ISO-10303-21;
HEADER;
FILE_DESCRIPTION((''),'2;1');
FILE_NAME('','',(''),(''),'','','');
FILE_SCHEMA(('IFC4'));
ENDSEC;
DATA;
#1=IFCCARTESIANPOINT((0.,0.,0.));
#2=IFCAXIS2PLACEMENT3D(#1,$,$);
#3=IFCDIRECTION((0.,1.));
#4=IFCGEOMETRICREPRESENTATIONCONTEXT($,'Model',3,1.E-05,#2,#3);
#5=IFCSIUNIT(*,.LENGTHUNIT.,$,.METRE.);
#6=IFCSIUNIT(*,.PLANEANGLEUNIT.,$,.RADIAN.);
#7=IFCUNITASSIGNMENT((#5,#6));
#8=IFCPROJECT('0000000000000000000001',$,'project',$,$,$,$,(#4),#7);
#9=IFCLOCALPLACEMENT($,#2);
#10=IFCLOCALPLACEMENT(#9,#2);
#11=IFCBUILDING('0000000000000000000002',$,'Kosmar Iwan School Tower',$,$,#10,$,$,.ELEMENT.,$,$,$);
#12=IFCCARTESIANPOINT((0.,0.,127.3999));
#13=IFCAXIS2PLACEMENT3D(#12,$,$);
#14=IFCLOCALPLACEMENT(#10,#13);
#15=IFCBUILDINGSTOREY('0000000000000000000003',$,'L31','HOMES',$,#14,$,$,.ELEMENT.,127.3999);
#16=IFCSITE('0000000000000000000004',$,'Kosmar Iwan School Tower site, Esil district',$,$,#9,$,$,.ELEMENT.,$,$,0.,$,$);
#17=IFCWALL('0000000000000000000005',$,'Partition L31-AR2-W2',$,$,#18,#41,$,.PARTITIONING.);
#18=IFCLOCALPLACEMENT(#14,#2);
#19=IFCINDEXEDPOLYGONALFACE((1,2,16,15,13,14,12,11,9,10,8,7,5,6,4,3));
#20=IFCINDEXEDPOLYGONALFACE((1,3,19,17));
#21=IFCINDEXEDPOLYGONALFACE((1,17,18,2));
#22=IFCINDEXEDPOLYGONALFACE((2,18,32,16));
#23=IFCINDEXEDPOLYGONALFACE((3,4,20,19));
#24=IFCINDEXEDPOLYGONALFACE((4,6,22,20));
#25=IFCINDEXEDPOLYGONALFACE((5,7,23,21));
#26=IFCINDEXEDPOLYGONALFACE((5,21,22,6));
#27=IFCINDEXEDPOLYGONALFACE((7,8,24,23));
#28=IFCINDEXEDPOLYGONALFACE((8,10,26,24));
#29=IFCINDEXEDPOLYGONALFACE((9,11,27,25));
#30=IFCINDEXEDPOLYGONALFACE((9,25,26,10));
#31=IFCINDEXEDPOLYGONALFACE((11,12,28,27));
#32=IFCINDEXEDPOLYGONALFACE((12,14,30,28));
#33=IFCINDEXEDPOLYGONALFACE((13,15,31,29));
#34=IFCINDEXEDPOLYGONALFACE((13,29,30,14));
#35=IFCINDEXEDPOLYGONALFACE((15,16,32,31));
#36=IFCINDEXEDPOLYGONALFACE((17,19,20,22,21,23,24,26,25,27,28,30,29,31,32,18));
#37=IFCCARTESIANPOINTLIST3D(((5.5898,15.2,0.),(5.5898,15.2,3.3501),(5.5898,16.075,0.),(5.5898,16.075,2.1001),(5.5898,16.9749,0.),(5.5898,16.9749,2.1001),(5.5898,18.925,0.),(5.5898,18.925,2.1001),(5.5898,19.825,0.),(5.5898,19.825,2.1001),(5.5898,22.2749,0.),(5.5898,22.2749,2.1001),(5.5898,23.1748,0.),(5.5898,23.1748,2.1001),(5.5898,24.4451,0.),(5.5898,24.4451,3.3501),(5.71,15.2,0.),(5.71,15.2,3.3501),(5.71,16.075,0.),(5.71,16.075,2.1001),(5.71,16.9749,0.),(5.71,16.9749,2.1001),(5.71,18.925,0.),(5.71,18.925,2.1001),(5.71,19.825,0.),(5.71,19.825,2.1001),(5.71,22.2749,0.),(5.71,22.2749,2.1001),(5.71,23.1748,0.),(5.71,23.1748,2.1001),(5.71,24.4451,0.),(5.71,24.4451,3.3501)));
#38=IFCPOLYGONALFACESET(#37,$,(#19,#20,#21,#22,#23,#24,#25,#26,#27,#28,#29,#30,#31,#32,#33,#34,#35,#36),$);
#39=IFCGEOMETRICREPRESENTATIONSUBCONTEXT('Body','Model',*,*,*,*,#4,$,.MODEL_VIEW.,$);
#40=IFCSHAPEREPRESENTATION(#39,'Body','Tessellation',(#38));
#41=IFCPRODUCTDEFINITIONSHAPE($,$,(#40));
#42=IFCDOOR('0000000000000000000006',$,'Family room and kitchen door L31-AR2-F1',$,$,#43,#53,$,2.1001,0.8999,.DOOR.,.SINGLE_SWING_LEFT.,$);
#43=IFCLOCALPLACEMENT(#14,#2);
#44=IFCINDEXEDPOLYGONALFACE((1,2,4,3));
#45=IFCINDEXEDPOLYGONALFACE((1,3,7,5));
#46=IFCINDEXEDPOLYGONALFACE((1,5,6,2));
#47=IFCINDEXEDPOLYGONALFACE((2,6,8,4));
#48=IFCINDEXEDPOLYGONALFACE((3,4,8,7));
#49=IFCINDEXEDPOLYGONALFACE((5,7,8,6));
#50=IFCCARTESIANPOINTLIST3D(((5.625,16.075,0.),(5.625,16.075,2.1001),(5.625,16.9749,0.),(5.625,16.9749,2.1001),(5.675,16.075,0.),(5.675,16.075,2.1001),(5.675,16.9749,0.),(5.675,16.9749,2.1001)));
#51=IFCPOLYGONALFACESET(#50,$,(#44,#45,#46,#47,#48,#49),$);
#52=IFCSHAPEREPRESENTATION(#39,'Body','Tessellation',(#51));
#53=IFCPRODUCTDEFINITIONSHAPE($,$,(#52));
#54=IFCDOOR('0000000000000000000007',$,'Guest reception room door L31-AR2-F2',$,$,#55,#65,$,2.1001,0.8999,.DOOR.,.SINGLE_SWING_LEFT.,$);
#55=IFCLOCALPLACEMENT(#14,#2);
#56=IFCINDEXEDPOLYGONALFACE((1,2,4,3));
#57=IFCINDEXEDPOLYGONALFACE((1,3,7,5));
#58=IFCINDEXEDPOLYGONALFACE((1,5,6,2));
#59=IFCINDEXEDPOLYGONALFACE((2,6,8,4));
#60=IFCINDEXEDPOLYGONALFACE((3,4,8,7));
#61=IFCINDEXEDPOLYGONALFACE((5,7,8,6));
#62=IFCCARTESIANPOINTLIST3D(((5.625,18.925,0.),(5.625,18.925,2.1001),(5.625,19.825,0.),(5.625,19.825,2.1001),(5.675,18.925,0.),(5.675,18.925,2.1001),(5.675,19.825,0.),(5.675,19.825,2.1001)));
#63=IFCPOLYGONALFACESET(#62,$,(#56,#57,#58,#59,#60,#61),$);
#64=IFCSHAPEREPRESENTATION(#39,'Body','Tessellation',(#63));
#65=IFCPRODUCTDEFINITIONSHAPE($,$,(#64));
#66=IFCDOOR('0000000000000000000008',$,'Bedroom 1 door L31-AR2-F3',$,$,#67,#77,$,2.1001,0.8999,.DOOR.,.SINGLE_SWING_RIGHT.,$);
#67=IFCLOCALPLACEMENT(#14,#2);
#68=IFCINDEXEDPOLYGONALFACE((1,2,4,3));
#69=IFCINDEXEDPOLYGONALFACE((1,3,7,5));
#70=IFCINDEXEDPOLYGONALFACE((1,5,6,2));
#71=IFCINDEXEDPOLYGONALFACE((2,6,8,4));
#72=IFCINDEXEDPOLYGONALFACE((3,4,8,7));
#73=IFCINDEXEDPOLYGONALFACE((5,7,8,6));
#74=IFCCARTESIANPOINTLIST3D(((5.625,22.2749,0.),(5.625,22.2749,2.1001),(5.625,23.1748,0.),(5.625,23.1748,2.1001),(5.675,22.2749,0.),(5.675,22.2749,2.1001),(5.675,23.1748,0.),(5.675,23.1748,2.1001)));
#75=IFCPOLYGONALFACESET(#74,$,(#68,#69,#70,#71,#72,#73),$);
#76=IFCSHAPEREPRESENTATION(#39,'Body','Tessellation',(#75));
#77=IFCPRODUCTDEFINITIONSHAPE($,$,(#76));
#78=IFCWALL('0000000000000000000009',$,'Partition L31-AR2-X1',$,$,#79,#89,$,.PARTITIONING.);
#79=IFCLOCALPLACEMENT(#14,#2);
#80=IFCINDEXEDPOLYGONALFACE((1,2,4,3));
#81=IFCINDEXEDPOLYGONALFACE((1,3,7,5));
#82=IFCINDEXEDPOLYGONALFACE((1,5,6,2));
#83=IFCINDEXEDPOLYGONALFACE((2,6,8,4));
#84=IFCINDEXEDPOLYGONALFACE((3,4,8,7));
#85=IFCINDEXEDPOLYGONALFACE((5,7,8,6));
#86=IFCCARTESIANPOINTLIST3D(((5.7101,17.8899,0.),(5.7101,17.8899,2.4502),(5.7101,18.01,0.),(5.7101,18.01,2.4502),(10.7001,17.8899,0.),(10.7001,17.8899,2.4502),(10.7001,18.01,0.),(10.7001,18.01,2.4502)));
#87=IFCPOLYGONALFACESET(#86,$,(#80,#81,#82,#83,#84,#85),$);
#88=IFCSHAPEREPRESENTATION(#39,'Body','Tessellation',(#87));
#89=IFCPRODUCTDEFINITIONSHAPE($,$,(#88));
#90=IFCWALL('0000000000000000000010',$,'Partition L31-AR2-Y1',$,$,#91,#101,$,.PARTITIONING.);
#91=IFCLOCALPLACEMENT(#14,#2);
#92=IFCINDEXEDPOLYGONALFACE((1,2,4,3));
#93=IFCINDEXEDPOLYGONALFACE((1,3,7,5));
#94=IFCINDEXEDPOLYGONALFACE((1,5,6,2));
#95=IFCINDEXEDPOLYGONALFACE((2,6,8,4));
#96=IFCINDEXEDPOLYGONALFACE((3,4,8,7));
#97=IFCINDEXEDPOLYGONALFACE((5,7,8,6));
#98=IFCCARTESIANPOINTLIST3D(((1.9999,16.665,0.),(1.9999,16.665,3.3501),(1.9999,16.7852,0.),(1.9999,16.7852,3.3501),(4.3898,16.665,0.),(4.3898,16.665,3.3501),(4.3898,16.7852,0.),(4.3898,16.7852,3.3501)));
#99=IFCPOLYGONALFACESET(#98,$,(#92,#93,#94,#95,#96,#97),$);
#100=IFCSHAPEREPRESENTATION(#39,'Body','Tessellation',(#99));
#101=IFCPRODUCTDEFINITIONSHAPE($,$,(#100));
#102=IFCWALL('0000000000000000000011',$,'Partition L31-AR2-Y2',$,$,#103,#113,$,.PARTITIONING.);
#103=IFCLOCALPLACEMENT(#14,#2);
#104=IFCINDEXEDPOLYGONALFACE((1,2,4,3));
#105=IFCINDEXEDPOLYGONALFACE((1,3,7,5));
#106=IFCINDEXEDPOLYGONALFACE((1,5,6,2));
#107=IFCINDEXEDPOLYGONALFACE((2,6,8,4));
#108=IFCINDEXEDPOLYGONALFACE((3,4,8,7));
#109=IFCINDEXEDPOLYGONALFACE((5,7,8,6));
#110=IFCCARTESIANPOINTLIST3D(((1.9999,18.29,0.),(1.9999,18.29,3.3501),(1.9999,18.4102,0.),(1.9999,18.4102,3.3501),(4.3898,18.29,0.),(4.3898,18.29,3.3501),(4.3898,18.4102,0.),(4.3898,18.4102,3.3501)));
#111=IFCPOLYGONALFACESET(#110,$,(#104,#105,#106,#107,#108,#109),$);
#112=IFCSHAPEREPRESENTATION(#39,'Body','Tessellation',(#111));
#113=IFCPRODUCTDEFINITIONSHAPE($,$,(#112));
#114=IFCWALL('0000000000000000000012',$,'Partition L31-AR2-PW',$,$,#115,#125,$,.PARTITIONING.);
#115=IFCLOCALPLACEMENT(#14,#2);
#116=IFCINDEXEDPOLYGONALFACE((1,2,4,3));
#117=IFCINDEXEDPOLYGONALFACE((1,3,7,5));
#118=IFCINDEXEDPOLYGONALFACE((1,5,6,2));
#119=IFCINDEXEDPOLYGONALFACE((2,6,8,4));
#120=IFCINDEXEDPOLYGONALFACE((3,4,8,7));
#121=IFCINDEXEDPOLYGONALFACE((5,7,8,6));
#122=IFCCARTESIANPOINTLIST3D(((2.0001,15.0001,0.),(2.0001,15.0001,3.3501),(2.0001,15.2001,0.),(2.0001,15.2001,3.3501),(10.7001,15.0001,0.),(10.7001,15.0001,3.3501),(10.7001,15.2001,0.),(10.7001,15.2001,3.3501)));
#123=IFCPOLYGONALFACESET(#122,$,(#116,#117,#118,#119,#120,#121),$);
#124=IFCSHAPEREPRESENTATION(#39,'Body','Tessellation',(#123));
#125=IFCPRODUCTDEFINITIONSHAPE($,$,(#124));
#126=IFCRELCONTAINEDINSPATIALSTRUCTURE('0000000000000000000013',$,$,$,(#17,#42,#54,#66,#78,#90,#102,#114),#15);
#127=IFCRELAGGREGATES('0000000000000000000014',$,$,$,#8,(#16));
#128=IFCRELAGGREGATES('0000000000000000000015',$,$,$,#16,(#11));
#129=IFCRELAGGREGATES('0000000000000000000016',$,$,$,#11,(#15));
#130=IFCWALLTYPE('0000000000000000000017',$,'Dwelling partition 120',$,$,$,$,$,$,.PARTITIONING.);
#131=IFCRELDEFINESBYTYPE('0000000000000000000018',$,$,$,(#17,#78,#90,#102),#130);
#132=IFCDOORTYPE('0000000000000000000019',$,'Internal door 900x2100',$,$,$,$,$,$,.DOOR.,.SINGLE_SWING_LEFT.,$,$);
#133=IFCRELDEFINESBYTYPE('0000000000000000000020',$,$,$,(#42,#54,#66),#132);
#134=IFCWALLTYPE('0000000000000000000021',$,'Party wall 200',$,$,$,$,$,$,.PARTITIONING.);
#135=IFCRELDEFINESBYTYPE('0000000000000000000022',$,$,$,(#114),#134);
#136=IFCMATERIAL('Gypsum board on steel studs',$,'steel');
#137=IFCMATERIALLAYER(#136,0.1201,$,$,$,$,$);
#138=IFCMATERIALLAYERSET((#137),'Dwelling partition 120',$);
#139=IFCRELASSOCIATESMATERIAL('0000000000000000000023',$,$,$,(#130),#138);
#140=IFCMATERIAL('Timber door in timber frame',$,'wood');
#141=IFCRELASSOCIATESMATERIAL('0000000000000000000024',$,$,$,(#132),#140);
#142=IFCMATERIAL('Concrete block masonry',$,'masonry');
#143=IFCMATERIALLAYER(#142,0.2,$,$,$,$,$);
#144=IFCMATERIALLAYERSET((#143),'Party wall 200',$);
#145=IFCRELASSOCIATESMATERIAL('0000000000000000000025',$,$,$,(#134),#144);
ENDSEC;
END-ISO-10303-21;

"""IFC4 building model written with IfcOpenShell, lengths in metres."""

from ifc_helpers import new_model, si_unit, direction, frame, frame_2d, origin, place, context, subcontext, project, spatial, rectangle, extrude, material, layer, layer_set, type_object, element, fill, save


model = new_model("IFC4")

# Units and contexts
model_context = context("Model", 3, precision=1e-05, world=origin(), true_north=direction((0.0, 1.0)))
body_context = subcontext(model_context, "Body", "Model", "MODEL_VIEW")
ifc_project = project(units=[si_unit("LENGTHUNIT", "METRE"), si_unit("PLANEANGLEUNIT", "RADIAN")], contexts=[model_context])

# Site, building, storey
site_placement = place(None, origin())
site = spatial("IfcSite", under=ifc_project, at=site_placement, Name="Kosmar Iwan School Tower site, Esil district", CompositionType="ELEMENT", RefElevation=0.0)
building_placement = place(site_placement, origin())
building = spatial("IfcBuilding", under=site, at=building_placement, Name="Kosmar Iwan School Tower", CompositionType="ELEMENT")
storey_placement = place(building_placement, frame((0.0, 0.0, 127.3999)))
storey = spatial("IfcBuildingStorey", under=building, at=storey_placement, Name="L31", Description="HOMES", CompositionType="ELEMENT", Elevation=127.3999)

# Shared definitions
ifc_material_1 = material(Name="Gypsum board on steel studs", Category="steel")
ifc_layer_1 = layer(ifc_material_1, 0.1201)
ifc_layer_set_1 = layer_set([ifc_layer_1], Name="Dwelling partition 120")
wall_type_1 = type_object("IfcWallType", Name="Dwelling partition 120", PredefinedType="PARTITIONING", material=ifc_layer_set_1)

# Wall, openings, doors
ifc_material_2 = material(Name="Timber door in timber frame", Category="wood")
door_type_1 = type_object("IfcDoorType", Name="Internal door 900x2100", OperationType="SINGLE_SWING_LEFT", PredefinedType="DOOR", material=ifc_material_2)
wall_1_placement = place(storey_placement, frame((5.6499, 15.2, 0.0), z_axis=(0.0, 0.0, 1.0), x_axis=(0.0, 1.0, 0.0)))
wall_1 = element("IfcWall", 1, at=wall_1_placement, inside=storey, type_object=wall_type_1, Name="Partition L31-AR2-W2", PredefinedType="PARTITIONING", context=body_context, shape_type="SweptSolid", body=[
    extrude(rectangle(XDim=9.2451, YDim=0.1201, at=frame_2d((4.6226, 0.0))), origin(), (0.0, 0.0, 1.0), 3.3501),
])
opening_1_placement = place(wall_1_placement, frame((0.875, 0.0, 0.0)))
opening_1 = element("IfcOpeningElement", 2, at=opening_1_placement, cuts=wall_1, PredefinedType="OPENING", context=body_context, shape_type="SweptSolid", body=[
    extrude(rectangle(XDim=0.8999, YDim=2.1001, at=frame_2d((0.45, 1.05))), frame((0.0, 0.072, 0.0), z_axis=(0.0, -1.0, 0.0), x_axis=(1.0, 0.0, 0.0)), (0.0, 0.0, 1.0), 0.144),
])
opening_2_placement = place(wall_1_placement, frame((3.7251, 0.0, 0.0)))
opening_2 = element("IfcOpeningElement", 3, at=opening_2_placement, cuts=wall_1, PredefinedType="OPENING", context=body_context, shape_type="SweptSolid", body=[
    extrude(rectangle(XDim=0.8999, YDim=2.1001, at=frame_2d((0.45, 1.05))), frame((0.0, 0.072, 0.0), z_axis=(0.0, -1.0, 0.0), x_axis=(1.0, 0.0, 0.0)), (0.0, 0.0, 1.0), 0.144),
])
opening_3_placement = place(wall_1_placement, frame((7.075, 0.0, 0.0)))
opening_3 = element("IfcOpeningElement", 4, at=opening_3_placement, cuts=wall_1, PredefinedType="OPENING", context=body_context, shape_type="SweptSolid", body=[
    extrude(rectangle(XDim=0.8999, YDim=2.1001, at=frame_2d((0.45, 1.05))), frame((0.0, 0.072, 0.0), z_axis=(0.0, -1.0, 0.0), x_axis=(1.0, 0.0, 0.0)), (0.0, 0.0, 1.0), 0.144),
])
door_1_placement = place(opening_1_placement, origin())
door_1 = element("IfcDoor", 5, at=door_1_placement, inside=storey, type_object=door_type_1, Name="Family room and kitchen door L31-AR2-F1", OperationType="SINGLE_SWING_LEFT", OverallHeight=2.1001, OverallWidth=0.8999, PredefinedType="DOOR", context=body_context, shape_type="SweptSolid", body=[
    extrude(rectangle(XDim=0.8999, YDim=2.1001, at=frame_2d((0.45, 1.05))), frame((0.0, 0.0249, 0.0), z_axis=(0.0, -1.0, 0.0), x_axis=(1.0, 0.0, 0.0)), (0.0, 0.0, 1.0), 0.05),
])
fill(opening_1, door_1)
door_2_placement = place(opening_2_placement, origin())
door_2 = element("IfcDoor", 6, at=door_2_placement, inside=storey, type_object=door_type_1, Name="Guest reception room door L31-AR2-F2", OperationType="SINGLE_SWING_LEFT", OverallHeight=2.1001, OverallWidth=0.8999, PredefinedType="DOOR", context=body_context, shape_type="SweptSolid", body=[
    extrude(rectangle(XDim=0.8999, YDim=2.1001, at=frame_2d((0.45, 1.05))), frame((0.0, 0.0249, 0.0), z_axis=(0.0, -1.0, 0.0), x_axis=(1.0, 0.0, 0.0)), (0.0, 0.0, 1.0), 0.05),
])
fill(opening_2, door_2)
door_3_placement = place(opening_3_placement, origin())
door_3 = element("IfcDoor", 7, at=door_3_placement, inside=storey, type_object=door_type_1, Name="Bedroom 1 door L31-AR2-F3", OperationType="SINGLE_SWING_RIGHT", OverallHeight=2.1001, OverallWidth=0.8999, PredefinedType="DOOR", context=body_context, shape_type="SweptSolid", body=[
    extrude(rectangle(XDim=0.8999, YDim=2.1001, at=frame_2d((0.45, 1.05))), frame((0.0, 0.0249, 0.0), z_axis=(0.0, -1.0, 0.0), x_axis=(1.0, 0.0, 0.0)), (0.0, 0.0, 1.0), 0.05),
])
fill(opening_3, door_3)

# Walls
wall_2_placement = place(storey_placement, frame((5.71, 17.95, 0.0), z_axis=(0.0, 0.0, 1.0), x_axis=(1.0, 0.0, 0.0)))
element("IfcWall", 8, at=wall_2_placement, inside=storey, type_object=wall_type_1, Name="Partition L31-AR2-X1", PredefinedType="PARTITIONING", context=body_context, shape_type="SweptSolid", body=[
    extrude(rectangle(XDim=4.99, YDim=0.1201, at=frame_2d((2.4951, 0.0))), origin(), (0.0, 0.0, 1.0), 2.4502),
])
for number, where, z_axis, x_axis, name in (
    (9, (2.0, 16.7251, 0.0), (0.0, 0.0, 1.0), (1.0, 0.0, 0.0), "Partition L31-AR2-Y1"),
    (10, (2.0, 18.3501, 0.0), (0.0, 0.0, 1.0), (1.0, 0.0, 0.0), "Partition L31-AR2-Y2"),
):
    element("IfcWall", number, at=place(storey_placement, frame(where, z_axis=z_axis, x_axis=x_axis)), inside=storey, type_object=wall_type_1, Name=name, PredefinedType="PARTITIONING", context=body_context, shape_type="SweptSolid", body=[
        extrude(rectangle(XDim=2.3899, YDim=0.1201, at=frame_2d((1.1948, 0.0))), origin(), (0.0, 0.0, 1.0), 3.3501),
    ])
ifc_material_3 = material(Name="Concrete block masonry", Category="masonry")
ifc_layer_2 = layer(ifc_material_3, 0.2)
ifc_layer_set_2 = layer_set([ifc_layer_2], Name="Party wall 200")
wall_type_2 = type_object("IfcWallType", Name="Party wall 200", PredefinedType="PARTITIONING", material=ifc_layer_set_2)
wall_3_placement = place(storey_placement, frame((2.0, 15.1001, 0.0), z_axis=(0.0, 0.0, 1.0), x_axis=(1.0, 0.0, 0.0)))
element("IfcWall", 11, at=wall_3_placement, inside=storey, type_object=wall_type_2, Name="Partition L31-AR2-PW", PredefinedType="PARTITIONING", context=body_context, shape_type="SweptSolid", body=[
    extrude(rectangle(XDim=8.7, YDim=0.2, at=frame_2d((4.3501, 0.0))), origin(), (0.0, 0.0, 1.0), 3.3501),
])

save(model, "model.ifc")
